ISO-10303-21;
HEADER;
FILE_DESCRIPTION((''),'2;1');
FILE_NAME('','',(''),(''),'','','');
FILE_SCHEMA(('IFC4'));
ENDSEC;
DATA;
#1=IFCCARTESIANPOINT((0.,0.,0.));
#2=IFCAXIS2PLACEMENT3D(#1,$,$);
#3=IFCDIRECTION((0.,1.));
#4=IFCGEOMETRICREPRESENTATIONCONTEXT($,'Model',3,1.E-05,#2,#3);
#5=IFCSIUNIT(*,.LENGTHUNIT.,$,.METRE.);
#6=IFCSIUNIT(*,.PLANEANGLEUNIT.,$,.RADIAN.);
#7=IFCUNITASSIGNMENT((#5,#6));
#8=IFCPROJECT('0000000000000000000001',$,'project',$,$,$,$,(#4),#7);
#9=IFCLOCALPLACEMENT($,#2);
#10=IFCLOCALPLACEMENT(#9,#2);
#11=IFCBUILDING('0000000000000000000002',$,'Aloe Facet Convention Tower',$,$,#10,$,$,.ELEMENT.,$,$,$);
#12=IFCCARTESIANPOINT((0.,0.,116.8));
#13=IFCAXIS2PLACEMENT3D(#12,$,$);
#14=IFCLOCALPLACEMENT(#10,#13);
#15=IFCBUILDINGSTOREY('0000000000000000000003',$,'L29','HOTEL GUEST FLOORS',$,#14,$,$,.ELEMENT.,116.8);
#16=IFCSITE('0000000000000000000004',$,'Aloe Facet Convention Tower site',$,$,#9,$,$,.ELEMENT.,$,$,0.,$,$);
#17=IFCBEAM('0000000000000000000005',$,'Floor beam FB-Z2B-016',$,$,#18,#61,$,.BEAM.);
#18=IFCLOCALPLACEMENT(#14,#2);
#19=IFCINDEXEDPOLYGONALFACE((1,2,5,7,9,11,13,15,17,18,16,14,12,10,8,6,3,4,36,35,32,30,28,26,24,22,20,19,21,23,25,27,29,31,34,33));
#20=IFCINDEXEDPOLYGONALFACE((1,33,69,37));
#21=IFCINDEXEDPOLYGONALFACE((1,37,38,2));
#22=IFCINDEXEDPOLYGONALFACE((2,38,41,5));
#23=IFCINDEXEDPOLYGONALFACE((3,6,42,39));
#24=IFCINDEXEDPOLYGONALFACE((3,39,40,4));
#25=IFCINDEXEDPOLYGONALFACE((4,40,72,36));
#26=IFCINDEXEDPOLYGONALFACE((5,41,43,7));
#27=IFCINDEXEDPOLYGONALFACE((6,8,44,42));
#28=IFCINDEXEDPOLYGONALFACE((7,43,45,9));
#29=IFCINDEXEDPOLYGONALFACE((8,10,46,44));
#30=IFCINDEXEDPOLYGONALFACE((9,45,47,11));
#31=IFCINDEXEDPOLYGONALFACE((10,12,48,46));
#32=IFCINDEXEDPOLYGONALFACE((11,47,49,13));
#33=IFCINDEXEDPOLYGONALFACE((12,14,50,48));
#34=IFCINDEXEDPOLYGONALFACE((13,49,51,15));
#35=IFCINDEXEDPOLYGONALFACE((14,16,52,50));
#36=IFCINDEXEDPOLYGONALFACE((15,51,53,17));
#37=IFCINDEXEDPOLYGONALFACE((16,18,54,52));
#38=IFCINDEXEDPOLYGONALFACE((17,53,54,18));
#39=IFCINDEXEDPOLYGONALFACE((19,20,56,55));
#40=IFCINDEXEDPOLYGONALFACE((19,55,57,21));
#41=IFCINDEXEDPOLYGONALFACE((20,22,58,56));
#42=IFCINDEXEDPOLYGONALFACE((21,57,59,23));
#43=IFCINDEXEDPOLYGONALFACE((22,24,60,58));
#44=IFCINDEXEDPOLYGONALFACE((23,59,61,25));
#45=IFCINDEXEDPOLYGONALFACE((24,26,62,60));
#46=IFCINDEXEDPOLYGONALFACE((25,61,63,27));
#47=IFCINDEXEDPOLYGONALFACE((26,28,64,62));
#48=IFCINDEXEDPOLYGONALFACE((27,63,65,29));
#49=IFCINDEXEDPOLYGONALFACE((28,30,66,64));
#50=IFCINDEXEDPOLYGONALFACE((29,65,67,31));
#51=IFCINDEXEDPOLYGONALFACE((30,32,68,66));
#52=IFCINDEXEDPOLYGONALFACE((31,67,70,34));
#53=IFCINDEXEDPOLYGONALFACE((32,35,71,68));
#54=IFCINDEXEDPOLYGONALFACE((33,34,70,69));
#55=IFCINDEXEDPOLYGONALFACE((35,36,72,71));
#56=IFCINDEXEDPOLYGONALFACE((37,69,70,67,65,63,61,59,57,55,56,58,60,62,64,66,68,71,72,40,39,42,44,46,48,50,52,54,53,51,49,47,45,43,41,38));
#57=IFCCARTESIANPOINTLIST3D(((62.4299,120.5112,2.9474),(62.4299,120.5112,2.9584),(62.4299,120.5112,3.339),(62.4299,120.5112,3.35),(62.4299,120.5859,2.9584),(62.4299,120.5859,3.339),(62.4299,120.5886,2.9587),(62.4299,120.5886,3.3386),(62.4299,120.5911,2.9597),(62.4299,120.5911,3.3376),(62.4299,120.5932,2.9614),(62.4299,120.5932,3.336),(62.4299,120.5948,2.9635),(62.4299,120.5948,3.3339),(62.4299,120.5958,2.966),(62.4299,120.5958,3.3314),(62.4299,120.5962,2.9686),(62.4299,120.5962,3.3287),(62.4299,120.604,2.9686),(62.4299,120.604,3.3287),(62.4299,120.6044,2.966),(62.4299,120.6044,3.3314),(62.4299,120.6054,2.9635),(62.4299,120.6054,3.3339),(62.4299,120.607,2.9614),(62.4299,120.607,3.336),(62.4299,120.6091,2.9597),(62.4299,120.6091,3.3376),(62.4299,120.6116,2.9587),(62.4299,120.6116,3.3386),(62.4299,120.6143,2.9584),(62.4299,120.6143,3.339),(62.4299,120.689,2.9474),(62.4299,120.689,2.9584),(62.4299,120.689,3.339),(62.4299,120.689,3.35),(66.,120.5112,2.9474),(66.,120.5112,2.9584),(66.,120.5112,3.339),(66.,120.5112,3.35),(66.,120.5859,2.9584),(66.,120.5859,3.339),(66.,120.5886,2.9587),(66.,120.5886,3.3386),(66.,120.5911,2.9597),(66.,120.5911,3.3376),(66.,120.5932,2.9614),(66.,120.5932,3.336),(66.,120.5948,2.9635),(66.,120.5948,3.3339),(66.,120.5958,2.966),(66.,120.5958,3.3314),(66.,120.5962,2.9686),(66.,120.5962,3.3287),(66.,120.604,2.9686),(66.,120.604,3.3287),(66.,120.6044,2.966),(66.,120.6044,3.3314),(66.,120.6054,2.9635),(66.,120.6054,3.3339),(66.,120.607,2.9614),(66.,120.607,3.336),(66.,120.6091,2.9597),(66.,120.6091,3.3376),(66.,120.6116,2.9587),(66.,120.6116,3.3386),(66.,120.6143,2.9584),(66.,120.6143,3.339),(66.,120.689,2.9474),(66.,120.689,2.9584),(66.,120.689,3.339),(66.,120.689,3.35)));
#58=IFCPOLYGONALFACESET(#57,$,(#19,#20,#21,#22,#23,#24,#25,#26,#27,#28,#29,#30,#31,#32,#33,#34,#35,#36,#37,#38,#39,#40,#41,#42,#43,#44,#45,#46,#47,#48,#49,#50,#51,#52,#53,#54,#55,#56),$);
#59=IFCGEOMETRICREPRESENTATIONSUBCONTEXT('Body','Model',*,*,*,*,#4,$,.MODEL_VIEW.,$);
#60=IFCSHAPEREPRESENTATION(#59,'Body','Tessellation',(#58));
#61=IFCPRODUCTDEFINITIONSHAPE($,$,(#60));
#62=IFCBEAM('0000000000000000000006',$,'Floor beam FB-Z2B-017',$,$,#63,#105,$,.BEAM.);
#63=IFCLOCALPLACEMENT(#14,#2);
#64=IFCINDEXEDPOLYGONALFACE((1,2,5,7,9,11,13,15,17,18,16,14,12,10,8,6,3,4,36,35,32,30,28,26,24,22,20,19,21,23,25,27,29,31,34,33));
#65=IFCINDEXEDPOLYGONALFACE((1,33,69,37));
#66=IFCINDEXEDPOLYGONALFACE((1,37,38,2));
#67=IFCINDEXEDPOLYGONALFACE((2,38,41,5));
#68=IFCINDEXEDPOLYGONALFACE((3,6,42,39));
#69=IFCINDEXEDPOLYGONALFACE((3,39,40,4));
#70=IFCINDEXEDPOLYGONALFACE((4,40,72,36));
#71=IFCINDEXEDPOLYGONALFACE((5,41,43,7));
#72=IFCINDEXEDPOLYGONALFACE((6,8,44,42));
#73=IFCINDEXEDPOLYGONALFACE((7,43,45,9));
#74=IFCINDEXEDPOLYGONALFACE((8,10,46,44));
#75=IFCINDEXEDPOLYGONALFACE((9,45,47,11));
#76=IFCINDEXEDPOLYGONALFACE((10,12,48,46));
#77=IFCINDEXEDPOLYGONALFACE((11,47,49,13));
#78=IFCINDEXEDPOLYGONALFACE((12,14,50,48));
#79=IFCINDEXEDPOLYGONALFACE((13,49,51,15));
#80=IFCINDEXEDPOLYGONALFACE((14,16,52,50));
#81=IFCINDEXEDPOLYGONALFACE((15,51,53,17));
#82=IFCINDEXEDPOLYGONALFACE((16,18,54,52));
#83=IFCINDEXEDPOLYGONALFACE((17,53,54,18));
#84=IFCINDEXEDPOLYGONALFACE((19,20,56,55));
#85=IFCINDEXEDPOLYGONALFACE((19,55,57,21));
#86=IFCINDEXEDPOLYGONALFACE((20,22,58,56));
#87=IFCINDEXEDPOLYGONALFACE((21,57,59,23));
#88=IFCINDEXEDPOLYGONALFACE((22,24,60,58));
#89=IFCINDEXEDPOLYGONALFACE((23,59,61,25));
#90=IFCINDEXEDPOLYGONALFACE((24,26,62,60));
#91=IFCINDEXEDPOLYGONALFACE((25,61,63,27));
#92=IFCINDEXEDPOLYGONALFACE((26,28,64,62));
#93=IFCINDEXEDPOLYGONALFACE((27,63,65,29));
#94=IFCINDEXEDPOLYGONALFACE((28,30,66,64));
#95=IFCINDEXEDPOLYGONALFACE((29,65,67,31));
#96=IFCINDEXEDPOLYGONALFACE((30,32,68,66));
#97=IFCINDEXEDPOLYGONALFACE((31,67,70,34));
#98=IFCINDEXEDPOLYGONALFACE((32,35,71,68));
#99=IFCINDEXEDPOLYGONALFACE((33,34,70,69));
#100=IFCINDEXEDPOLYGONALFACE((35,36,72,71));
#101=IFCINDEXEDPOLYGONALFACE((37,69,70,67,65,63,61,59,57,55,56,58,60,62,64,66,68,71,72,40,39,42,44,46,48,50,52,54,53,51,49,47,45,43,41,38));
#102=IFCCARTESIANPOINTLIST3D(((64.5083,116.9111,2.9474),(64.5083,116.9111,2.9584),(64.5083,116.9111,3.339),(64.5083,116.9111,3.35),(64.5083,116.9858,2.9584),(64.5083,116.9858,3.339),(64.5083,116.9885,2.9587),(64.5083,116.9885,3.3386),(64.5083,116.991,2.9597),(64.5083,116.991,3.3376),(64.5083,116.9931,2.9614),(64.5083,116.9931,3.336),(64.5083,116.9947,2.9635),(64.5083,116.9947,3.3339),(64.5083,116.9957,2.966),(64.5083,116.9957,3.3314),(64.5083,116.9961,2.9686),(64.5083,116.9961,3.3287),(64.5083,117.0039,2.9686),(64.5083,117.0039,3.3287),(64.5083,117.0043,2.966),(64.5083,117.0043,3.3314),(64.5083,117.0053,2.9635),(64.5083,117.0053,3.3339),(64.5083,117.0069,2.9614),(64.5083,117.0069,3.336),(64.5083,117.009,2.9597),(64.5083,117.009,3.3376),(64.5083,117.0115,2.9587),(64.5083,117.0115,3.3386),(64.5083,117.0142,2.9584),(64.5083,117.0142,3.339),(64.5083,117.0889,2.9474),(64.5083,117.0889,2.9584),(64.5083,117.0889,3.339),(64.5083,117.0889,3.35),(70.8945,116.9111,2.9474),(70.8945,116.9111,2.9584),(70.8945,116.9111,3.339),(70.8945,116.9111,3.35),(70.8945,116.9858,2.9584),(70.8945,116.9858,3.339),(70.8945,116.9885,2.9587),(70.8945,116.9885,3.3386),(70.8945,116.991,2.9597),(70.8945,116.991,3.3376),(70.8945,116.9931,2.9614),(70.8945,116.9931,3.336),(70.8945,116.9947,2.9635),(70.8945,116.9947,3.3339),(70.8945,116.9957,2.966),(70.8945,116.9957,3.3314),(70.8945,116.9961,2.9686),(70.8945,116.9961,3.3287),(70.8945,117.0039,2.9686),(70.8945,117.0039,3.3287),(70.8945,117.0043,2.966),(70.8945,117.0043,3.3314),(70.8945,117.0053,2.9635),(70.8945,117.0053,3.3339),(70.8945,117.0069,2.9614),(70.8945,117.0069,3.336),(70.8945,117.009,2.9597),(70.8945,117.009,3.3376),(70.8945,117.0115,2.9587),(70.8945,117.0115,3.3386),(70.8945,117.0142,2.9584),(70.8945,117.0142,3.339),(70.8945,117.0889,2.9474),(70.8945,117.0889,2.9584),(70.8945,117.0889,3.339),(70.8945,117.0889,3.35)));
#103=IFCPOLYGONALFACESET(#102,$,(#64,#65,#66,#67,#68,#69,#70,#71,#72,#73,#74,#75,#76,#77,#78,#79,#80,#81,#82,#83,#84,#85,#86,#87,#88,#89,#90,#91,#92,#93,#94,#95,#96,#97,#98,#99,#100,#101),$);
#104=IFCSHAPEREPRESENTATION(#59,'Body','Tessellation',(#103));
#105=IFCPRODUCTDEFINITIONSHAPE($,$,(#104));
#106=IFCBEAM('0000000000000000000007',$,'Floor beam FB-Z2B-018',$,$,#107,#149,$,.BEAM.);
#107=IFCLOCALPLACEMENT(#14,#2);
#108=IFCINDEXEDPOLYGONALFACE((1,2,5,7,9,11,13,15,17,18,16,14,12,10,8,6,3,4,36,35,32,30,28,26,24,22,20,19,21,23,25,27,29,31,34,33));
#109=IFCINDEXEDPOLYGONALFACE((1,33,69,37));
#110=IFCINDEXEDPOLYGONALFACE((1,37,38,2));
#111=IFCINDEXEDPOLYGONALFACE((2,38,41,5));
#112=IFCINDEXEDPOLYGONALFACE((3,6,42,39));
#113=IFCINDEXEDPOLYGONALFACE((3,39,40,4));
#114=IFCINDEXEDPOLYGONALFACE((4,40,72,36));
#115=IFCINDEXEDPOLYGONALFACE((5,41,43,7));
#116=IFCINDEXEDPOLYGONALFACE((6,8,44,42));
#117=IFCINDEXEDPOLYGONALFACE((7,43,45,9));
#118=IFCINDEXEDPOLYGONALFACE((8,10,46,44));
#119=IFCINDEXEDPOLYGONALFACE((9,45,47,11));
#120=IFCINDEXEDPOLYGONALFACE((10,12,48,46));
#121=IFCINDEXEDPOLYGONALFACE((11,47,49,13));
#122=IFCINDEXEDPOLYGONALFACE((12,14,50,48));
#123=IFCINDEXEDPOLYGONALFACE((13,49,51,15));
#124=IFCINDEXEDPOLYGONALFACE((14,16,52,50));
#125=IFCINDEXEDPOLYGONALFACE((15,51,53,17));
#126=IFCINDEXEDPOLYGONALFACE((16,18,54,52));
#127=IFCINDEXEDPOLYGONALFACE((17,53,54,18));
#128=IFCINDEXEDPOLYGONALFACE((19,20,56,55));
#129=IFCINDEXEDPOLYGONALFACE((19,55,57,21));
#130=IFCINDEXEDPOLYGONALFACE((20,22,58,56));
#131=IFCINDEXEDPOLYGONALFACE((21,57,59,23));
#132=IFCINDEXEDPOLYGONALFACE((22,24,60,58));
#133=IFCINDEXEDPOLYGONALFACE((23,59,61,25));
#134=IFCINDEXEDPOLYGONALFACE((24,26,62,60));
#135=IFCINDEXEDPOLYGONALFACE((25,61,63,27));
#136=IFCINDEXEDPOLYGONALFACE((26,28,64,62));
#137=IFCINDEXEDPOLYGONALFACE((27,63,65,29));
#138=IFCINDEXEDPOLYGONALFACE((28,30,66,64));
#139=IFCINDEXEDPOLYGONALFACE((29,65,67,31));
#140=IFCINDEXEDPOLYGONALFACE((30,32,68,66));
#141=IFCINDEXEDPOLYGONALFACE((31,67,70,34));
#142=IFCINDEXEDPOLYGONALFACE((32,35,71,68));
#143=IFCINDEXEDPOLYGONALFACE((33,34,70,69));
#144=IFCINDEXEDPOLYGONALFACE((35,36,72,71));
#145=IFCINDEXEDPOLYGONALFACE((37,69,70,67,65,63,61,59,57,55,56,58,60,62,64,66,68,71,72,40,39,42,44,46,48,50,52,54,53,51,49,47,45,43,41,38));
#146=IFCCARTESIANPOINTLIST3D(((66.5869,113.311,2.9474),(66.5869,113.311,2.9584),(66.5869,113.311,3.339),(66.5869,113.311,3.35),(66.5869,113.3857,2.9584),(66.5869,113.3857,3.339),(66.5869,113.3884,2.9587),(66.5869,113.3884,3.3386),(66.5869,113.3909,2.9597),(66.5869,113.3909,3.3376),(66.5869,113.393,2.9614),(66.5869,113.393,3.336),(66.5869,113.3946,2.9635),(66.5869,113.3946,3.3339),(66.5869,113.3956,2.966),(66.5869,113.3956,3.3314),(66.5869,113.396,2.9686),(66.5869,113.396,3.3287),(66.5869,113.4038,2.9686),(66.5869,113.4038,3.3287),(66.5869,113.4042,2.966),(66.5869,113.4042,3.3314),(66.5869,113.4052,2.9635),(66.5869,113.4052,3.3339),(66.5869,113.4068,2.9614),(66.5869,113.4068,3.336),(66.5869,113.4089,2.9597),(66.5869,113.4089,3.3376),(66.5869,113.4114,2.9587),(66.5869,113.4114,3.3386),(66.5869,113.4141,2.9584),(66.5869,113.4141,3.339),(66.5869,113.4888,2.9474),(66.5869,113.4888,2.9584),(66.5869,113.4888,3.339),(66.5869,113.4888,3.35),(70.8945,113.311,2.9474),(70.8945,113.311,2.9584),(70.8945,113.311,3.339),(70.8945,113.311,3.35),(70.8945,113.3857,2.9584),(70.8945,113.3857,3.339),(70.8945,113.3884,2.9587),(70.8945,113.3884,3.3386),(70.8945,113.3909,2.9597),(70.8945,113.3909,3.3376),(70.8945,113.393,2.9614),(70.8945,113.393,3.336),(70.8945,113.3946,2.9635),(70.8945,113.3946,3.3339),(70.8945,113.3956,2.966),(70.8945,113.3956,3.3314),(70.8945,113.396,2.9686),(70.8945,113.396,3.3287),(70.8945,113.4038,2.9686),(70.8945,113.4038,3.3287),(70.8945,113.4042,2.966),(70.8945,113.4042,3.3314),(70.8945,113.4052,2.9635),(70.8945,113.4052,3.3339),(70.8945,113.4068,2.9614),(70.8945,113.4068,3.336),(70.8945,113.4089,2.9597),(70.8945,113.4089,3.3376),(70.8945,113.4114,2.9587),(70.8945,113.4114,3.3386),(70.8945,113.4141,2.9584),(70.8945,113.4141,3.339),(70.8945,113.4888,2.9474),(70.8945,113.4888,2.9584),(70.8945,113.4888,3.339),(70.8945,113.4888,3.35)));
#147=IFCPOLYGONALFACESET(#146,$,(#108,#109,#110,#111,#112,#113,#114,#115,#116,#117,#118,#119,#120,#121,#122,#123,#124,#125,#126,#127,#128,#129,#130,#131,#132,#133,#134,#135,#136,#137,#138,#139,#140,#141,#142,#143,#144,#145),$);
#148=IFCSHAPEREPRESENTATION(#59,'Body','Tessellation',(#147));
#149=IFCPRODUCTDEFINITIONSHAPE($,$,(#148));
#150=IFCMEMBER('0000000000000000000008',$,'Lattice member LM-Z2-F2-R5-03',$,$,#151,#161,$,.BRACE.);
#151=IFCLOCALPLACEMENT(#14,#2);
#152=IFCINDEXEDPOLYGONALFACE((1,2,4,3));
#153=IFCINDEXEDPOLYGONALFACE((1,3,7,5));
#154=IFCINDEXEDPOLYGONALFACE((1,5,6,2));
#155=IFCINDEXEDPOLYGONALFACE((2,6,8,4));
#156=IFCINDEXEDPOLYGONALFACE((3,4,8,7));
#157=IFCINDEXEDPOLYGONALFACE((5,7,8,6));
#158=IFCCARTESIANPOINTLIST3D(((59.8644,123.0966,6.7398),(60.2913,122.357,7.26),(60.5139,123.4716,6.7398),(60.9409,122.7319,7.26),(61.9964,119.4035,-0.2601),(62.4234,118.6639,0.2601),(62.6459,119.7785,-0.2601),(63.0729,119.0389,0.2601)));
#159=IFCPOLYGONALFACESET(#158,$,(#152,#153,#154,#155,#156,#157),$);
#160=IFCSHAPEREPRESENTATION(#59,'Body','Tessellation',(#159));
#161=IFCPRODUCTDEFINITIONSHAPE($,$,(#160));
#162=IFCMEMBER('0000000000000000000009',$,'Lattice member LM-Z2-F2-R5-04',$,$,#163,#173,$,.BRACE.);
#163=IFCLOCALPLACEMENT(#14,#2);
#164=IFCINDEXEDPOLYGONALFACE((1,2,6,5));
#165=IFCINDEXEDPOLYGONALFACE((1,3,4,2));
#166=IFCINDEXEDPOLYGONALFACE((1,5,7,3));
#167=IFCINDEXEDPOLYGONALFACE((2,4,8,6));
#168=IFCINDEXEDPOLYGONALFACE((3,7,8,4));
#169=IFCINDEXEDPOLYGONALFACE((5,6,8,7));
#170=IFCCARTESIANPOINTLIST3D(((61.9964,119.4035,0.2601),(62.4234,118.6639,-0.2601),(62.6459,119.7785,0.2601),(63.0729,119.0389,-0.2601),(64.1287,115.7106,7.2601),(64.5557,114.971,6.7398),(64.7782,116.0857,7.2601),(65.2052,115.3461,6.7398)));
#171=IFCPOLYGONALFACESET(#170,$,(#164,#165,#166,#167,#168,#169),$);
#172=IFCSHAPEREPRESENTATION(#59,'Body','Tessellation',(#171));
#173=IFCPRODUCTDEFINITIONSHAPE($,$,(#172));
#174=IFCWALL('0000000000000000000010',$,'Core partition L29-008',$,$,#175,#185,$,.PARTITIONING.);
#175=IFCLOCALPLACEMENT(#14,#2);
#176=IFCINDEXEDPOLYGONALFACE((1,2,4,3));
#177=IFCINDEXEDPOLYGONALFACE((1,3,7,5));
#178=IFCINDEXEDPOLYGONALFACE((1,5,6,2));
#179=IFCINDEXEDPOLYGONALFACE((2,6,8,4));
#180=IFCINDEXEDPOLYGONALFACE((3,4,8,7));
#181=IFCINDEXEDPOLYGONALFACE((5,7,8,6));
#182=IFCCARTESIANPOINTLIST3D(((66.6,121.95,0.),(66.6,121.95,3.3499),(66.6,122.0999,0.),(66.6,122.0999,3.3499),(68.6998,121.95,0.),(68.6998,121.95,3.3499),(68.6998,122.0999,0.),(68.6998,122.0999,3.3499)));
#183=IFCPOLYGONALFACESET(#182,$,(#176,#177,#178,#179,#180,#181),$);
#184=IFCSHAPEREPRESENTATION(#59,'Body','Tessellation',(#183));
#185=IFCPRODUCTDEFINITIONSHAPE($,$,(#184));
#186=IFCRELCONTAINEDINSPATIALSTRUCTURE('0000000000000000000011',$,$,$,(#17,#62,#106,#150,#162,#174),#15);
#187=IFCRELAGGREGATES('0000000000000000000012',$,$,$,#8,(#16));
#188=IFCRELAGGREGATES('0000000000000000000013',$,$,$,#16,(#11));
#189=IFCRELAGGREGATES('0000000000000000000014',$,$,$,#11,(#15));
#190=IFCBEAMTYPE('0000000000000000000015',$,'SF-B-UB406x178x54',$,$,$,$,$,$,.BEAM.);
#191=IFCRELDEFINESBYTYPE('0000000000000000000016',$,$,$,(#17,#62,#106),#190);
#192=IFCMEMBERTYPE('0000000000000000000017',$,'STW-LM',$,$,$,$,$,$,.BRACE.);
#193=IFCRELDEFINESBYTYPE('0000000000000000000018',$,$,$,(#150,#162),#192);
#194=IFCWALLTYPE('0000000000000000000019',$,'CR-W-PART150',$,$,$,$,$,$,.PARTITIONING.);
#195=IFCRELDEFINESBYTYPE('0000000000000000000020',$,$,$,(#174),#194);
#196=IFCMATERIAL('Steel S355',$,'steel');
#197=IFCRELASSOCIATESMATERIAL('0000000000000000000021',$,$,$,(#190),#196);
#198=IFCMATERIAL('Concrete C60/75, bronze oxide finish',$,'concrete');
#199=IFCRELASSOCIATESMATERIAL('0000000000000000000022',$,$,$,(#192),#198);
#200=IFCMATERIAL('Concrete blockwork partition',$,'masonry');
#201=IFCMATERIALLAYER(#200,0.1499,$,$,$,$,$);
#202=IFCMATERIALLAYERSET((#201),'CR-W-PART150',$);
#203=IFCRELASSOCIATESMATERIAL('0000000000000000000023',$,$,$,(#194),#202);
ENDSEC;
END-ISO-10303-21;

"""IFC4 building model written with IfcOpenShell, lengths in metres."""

from ifc_helpers import new_model, si_unit, direction, frame, frame_2d, origin, origin_2d, place, context, subcontext, project, spatial, rectangle, i_section, extrude, material, layer, layer_set, material_profile, profile_set, type_object, element, save


model = new_model("IFC4")

# Units and contexts
model_context = context("Model", 3, precision=1e-05, world=origin(), true_north=direction((0.0, 1.0)))
body_context = subcontext(model_context, "Body", "Model", "MODEL_VIEW")
ifc_project = project(units=[si_unit("LENGTHUNIT", "METRE"), si_unit("PLANEANGLEUNIT", "RADIAN")], contexts=[model_context])

# Site, building, storey
site_placement = place(None, origin())
site = spatial("IfcSite", under=ifc_project, at=site_placement, Name="Aloe Facet Convention Tower site", CompositionType="ELEMENT", RefElevation=0.0)
building_placement = place(site_placement, origin())
building = spatial("IfcBuilding", under=site, at=building_placement, Name="Aloe Facet Convention Tower", CompositionType="ELEMENT")
storey_placement = place(building_placement, frame((0.0, 0.0, 116.8)))
storey = spatial("IfcBuildingStorey", under=building, at=storey_placement, Name="L29", Description="HOTEL GUEST FLOORS", CompositionType="ELEMENT", Elevation=116.8)

# Beams
ifc_material_1 = material(Name="Steel S355", Category="steel")
ifc_material_profile_1 = material_profile(ifc_material_1, i_section(OverallWidth=0.1777, OverallDepth=0.4026, WebThickness=0.0078, FlangeThickness=0.011, FilletRadius=0.0103, at=origin_2d()), Name="UB 406x178x54")
ifc_profile_set_1 = profile_set([ifc_material_profile_1], Name="Steel S355")
beam_type = type_object("IfcBeamType", Name="SF-B-UB406x178x54", PredefinedType="BEAM", material=ifc_profile_set_1)
beam_1_placement = place(storey_placement, frame((62.4299, 120.6001, 3.1487), z_axis=(1.0, 0.0, 0.0), x_axis=(0.0, 1.0, 0.0)))
element("IfcBeam", 1, at=beam_1_placement, inside=storey, type_object=beam_type, Name="Floor beam FB-Z2B-016", PredefinedType="BEAM", context=body_context, shape_type="SweptSolid", body=[
    extrude(i_section(OverallWidth=0.1777, OverallDepth=0.4026, WebThickness=0.0078, FlangeThickness=0.011, FilletRadius=0.0103, at=origin_2d()), origin(), (0.0, 0.0, 1.0), 3.5701),
])
beam_2_placement = place(storey_placement, frame((64.5083, 117.0, 3.1487), z_axis=(1.0, 0.0, 0.0), x_axis=(0.0, 1.0, 0.0)))
element("IfcBeam", 2, at=beam_2_placement, inside=storey, type_object=beam_type, Name="Floor beam FB-Z2B-017", PredefinedType="BEAM", context=body_context, shape_type="SweptSolid", body=[
    extrude(i_section(OverallWidth=0.1777, OverallDepth=0.4026, WebThickness=0.0078, FlangeThickness=0.011, FilletRadius=0.0103, at=origin_2d()), origin(), (0.0, 0.0, 1.0), 6.3862),
])
beam_3_placement = place(storey_placement, frame((66.5869, 113.3999, 3.1487), z_axis=(1.0, 0.0, 0.0), x_axis=(0.0, 1.0, 0.0)))
element("IfcBeam", 3, at=beam_3_placement, inside=storey, type_object=beam_type, Name="Floor beam FB-Z2B-018", PredefinedType="BEAM", context=body_context, shape_type="SweptSolid", body=[
    extrude(i_section(OverallWidth=0.1777, OverallDepth=0.4026, WebThickness=0.0078, FlangeThickness=0.011, FilletRadius=0.0103, at=origin_2d()), origin(), (0.0, 0.0, 1.0), 4.3076),
])

# Members
ifc_material_2 = material(Name="Concrete C60/75, bronze oxide finish", Category="concrete")
ifc_material_profile_2 = material_profile(ifc_material_2, rectangle(XDim=0.75, YDim=1.0, at=origin_2d()), Name="STW-LM")
ifc_profile_set_2 = profile_set([ifc_material_profile_2], Name="Concrete C60/75, bronze oxide finish")
member_type = type_object("IfcMemberType", Name="STW-LM", PredefinedType="BRACE", material=ifc_profile_set_2)
for number, where, z_axis, x_axis, name in (
    (4, (62.5347, 119.2212, 0.0), (-0.260116, 0.450565, 0.854009), (-0.86604, -0.499975, 0.0), "Lattice member LM-Z2-F2-R5-03"),
    (5, (62.5347, 119.2212, 0.0), (0.260148, -0.450537, 0.854014), (0.866001, 0.500043, 0.0), "Lattice member LM-Z2-F2-R5-04"),
):
    element("IfcMember", number, at=place(storey_placement, frame(where, z_axis=z_axis, x_axis=x_axis)), inside=storey, type_object=member_type, Name=name, PredefinedType="BRACE", context=body_context, shape_type="SweptSolid", body=[
        extrude(rectangle(XDim=0.75, YDim=1.0, at=origin_2d()), origin(), (0.0, 0.0, 1.0), 8.1965),
    ])

# Wall
ifc_material_3 = material(Name="Concrete blockwork partition", Category="masonry")
ifc_layer_1 = layer(ifc_material_3, 0.1499)
ifc_layer_set_1 = layer_set([ifc_layer_1], Name="CR-W-PART150")
wall_type_1 = type_object("IfcWallType", Name="CR-W-PART150", PredefinedType="PARTITIONING", material=ifc_layer_set_1)
wall_1_placement = place(storey_placement, frame((66.6001, 122.0249, 0.0), z_axis=(0.0, 0.0, 1.0), x_axis=(1.0, 0.0, 0.0)))
element("IfcWall", 6, at=wall_1_placement, inside=storey, type_object=wall_type_1, Name="Core partition L29-008", PredefinedType="PARTITIONING", context=body_context, shape_type="SweptSolid", body=[
    extrude(rectangle(XDim=2.0999, YDim=0.1499, at=frame_2d((1.0498, 0.0))), origin(), (0.0, 0.0, 1.0), 3.3499),
])

save(model, "model.ifc")
